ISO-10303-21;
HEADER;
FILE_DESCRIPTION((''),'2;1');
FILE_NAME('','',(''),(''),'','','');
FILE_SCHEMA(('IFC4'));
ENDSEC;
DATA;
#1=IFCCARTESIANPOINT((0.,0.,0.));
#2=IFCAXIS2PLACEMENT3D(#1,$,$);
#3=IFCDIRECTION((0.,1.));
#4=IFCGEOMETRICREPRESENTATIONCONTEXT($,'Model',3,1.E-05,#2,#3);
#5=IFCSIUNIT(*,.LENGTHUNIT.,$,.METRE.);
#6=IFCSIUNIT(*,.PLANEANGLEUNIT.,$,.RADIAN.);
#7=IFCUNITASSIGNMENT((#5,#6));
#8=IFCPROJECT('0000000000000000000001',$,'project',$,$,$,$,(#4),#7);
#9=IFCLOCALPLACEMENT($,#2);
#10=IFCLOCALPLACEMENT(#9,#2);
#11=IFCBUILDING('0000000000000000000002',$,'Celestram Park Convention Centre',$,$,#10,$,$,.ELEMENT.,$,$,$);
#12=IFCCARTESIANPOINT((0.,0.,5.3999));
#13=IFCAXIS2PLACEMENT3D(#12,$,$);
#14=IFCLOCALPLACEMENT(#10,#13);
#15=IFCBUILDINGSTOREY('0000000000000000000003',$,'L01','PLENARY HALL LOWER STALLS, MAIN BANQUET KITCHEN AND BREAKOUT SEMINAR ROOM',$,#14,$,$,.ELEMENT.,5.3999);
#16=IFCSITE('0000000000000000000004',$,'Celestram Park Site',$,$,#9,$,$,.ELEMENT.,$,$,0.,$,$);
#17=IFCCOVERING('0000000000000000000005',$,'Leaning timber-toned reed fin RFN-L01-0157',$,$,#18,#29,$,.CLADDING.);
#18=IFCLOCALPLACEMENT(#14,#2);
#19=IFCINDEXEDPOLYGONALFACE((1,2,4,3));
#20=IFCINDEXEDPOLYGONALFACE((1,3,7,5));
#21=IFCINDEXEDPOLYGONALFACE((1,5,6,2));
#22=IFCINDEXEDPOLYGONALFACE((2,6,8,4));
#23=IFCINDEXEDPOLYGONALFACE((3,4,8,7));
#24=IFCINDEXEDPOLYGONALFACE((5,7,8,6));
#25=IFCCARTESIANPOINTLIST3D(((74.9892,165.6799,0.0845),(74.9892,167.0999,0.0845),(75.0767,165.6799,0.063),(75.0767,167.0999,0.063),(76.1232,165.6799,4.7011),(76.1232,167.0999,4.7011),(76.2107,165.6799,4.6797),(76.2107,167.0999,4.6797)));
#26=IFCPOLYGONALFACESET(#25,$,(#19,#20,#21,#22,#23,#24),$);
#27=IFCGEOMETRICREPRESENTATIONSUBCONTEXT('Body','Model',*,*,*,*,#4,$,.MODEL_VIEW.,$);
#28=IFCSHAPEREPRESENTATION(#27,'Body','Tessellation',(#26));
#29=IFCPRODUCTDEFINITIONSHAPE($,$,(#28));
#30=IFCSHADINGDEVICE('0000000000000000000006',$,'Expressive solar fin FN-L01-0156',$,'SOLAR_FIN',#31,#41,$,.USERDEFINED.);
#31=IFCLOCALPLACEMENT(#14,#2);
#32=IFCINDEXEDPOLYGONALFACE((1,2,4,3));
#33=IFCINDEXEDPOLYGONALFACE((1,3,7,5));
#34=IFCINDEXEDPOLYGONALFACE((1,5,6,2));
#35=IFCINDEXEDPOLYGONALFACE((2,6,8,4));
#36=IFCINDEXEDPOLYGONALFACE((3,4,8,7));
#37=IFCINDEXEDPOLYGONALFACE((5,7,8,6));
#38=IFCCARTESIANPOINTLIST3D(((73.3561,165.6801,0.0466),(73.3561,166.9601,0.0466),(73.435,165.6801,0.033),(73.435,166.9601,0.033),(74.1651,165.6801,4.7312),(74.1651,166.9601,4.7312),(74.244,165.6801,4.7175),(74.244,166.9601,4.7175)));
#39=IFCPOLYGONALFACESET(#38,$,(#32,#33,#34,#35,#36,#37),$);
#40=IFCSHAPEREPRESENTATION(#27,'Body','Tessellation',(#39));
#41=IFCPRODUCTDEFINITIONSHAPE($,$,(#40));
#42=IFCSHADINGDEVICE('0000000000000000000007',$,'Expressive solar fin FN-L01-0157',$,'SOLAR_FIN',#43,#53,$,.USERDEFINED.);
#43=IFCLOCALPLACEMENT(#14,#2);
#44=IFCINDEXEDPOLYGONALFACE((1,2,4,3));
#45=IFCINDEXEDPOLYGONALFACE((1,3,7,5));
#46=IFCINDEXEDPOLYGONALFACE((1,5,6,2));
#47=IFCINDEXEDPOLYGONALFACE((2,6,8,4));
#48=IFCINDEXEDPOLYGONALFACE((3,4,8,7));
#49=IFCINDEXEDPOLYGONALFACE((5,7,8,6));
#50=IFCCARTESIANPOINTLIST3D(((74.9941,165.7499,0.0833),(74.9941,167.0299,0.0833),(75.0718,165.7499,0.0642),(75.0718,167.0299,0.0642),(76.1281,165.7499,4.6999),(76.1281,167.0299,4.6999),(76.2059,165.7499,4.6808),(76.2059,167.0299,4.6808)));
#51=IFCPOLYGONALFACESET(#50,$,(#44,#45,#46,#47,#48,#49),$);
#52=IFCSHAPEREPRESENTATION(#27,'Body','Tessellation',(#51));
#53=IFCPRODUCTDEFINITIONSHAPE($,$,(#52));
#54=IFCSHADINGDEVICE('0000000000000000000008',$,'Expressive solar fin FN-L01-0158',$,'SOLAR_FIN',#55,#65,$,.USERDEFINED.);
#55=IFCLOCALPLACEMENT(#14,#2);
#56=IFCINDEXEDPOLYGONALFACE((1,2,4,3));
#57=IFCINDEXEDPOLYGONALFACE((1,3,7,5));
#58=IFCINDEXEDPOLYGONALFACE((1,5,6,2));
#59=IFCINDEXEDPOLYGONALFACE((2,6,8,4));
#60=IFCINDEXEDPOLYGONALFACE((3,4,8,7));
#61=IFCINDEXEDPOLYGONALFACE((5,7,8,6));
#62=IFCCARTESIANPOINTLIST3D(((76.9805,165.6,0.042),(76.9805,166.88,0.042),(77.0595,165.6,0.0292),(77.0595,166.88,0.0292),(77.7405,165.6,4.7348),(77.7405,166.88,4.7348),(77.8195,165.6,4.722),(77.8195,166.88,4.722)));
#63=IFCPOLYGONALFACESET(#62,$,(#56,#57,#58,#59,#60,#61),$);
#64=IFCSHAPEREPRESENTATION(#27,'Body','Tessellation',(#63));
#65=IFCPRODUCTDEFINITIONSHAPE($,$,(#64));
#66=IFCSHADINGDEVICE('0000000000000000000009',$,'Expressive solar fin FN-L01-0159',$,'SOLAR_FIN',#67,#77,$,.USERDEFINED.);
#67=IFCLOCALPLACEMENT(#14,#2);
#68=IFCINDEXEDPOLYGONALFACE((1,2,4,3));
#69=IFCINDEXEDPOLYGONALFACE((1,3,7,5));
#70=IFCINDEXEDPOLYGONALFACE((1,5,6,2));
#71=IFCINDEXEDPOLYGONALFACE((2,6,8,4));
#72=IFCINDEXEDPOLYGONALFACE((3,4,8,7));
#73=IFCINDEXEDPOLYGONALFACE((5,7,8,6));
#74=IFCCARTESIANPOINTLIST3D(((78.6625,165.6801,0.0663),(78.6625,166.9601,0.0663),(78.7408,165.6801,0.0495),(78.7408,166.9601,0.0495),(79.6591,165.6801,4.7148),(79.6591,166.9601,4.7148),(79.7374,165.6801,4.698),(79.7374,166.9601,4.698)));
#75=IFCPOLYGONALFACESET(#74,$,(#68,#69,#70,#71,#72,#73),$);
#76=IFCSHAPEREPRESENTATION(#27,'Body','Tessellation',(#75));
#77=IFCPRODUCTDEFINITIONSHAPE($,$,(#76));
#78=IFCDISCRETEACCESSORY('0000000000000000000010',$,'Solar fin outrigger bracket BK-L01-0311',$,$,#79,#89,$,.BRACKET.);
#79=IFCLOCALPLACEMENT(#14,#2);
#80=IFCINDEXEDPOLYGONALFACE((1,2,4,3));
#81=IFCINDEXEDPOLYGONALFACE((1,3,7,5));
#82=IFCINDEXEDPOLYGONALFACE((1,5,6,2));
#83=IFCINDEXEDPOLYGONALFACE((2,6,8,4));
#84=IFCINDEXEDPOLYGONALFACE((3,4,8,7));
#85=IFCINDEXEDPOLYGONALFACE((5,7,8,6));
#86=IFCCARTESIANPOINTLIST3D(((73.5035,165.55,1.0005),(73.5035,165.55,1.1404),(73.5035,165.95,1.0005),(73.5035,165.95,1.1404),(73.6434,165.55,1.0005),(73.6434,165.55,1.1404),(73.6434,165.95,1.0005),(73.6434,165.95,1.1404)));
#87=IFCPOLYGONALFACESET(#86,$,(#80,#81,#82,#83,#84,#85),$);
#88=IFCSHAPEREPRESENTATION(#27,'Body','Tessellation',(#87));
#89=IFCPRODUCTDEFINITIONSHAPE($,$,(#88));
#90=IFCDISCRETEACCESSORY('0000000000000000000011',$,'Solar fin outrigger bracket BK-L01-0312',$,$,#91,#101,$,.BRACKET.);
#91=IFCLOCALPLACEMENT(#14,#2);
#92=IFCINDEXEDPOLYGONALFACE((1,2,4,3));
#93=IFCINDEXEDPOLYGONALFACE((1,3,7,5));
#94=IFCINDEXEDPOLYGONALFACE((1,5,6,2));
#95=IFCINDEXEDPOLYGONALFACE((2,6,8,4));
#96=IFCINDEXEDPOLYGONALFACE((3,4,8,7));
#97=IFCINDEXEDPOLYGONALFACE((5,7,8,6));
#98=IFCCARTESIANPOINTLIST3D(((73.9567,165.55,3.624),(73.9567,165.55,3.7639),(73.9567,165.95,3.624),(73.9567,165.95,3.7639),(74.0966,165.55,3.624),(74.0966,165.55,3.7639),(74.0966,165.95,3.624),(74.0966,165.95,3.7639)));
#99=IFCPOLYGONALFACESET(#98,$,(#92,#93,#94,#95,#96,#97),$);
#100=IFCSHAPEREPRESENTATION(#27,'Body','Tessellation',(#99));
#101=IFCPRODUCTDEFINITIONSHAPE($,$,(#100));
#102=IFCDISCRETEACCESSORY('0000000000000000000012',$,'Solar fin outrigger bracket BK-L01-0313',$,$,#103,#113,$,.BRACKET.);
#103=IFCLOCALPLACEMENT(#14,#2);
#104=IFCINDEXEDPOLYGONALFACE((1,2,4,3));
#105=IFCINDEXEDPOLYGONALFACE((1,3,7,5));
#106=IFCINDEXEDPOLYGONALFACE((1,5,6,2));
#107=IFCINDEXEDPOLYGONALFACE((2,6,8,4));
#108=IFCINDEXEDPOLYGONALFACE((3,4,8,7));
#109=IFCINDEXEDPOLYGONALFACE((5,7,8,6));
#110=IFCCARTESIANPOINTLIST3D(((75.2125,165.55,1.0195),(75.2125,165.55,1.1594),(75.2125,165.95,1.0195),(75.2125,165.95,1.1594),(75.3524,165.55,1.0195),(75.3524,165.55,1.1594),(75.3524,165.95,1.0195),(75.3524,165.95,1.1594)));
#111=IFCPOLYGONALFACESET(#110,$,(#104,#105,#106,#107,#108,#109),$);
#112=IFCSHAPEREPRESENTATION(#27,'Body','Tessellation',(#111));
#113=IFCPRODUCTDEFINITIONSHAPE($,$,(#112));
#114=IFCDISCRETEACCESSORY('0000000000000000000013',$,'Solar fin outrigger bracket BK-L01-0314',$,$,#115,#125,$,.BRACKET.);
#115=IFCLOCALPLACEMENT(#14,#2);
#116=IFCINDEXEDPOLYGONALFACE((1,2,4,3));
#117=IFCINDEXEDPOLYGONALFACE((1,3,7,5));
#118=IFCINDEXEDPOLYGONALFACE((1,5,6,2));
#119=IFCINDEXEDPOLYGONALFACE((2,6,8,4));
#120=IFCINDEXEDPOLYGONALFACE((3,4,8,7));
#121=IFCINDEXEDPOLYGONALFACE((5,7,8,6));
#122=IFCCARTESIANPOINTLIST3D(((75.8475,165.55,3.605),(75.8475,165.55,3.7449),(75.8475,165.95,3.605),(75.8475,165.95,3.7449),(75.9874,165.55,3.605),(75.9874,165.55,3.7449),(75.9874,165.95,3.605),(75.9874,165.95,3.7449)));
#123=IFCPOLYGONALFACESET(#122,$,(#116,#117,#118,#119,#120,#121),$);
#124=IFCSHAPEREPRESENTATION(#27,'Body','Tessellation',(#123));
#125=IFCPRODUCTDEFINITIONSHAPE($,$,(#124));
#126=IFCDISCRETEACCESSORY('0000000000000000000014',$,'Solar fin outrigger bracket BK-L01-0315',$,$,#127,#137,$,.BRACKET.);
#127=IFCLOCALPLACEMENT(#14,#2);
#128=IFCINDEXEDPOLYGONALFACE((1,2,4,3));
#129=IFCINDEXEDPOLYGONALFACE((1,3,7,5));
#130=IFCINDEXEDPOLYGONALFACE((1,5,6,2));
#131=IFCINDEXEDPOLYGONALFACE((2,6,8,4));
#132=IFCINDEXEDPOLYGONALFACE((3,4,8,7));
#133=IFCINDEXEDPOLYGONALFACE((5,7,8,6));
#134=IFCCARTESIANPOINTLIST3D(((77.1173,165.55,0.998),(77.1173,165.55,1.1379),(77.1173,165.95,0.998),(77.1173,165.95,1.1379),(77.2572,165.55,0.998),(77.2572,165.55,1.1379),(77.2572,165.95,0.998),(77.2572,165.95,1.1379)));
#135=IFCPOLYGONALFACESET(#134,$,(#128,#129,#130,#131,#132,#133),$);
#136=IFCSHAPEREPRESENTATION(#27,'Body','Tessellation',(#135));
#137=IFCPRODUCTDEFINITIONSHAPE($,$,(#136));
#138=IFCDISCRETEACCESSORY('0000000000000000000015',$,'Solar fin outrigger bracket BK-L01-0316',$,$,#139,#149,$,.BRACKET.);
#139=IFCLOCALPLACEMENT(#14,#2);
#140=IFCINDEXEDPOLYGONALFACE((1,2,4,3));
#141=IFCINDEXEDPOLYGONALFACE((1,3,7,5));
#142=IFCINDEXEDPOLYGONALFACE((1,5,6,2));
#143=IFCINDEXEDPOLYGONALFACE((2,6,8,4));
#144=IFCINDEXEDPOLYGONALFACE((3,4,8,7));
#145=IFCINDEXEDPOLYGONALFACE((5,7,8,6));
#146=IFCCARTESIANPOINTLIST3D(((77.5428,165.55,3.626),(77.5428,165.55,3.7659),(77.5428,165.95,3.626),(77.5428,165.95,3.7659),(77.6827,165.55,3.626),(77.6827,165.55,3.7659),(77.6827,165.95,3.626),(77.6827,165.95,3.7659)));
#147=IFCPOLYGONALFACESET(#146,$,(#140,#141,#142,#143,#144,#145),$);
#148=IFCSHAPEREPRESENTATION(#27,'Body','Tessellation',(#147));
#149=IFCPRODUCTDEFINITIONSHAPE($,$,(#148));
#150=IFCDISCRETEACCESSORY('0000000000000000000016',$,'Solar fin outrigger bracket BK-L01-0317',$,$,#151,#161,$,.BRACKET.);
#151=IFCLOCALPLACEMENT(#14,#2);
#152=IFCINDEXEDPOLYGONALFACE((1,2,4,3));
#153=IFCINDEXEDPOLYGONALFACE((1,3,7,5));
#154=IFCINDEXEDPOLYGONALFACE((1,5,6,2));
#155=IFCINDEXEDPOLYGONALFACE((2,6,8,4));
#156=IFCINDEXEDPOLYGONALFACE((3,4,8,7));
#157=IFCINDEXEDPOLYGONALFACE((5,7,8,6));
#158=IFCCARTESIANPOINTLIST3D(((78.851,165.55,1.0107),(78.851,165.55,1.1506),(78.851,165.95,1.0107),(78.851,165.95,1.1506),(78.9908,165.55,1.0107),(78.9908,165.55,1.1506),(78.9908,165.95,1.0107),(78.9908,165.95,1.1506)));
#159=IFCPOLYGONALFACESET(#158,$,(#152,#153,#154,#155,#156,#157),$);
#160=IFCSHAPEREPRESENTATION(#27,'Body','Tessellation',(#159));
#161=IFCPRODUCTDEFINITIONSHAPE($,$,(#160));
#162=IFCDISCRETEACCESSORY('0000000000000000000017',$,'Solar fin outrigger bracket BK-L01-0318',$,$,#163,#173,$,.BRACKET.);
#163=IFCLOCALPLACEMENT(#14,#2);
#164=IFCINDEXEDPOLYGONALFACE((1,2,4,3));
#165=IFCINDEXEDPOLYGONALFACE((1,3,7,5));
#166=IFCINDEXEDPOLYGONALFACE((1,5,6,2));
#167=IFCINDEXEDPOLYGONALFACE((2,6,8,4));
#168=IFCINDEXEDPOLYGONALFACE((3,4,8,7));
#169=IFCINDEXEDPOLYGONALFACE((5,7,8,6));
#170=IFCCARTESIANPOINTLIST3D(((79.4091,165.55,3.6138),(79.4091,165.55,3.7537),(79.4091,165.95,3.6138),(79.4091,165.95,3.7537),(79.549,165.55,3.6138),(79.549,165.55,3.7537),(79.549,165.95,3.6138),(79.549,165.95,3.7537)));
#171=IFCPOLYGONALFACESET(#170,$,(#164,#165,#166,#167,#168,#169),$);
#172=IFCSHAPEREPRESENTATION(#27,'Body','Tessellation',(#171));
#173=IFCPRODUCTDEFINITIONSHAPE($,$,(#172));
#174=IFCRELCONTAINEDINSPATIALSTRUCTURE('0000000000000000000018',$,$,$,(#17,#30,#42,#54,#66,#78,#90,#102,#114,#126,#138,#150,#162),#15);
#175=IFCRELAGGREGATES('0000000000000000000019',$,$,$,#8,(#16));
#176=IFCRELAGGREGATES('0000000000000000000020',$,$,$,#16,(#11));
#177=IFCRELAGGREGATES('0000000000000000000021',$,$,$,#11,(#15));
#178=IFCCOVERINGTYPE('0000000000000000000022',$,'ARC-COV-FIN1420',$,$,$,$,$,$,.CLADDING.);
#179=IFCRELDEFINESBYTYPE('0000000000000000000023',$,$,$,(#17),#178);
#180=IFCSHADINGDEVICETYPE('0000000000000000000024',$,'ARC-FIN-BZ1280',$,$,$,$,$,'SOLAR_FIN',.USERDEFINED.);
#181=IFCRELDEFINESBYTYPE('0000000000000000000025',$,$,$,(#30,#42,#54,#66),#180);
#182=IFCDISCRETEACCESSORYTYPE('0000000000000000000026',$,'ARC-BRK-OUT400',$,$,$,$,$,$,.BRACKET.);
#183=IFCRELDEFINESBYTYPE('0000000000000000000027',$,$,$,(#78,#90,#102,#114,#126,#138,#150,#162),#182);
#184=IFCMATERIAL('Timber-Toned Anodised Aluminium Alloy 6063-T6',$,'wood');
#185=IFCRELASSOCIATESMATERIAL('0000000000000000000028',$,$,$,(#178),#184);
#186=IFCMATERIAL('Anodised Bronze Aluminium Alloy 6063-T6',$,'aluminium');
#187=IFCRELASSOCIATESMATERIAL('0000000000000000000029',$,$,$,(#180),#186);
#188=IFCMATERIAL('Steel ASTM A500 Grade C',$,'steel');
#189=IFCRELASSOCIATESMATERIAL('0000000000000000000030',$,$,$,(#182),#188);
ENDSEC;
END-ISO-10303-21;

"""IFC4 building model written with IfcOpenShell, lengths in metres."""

from ifc_helpers import new_model, si_unit, direction, frame, origin, origin_2d, place, context, subcontext, project, spatial, rectangle, extrude, material, material_profile, profile_set, type_object, element, save


model = new_model("IFC4")

# Units and contexts
model_context = context("Model", 3, precision=1e-05, world=origin(), true_north=direction((0.0, 1.0)))
body_context = subcontext(model_context, "Body", "Model", "MODEL_VIEW")
ifc_project = project(units=[si_unit("LENGTHUNIT", "METRE"), si_unit("PLANEANGLEUNIT", "RADIAN")], contexts=[model_context])

# Site, building, storey
site_placement = place(None, origin())
site = spatial("IfcSite", under=ifc_project, at=site_placement, Name="Celestram Park Site", CompositionType="ELEMENT", RefElevation=0.0)
building_placement = place(site_placement, origin())
building = spatial("IfcBuilding", under=site, at=building_placement, Name="Celestram Park Convention Centre", CompositionType="ELEMENT")
storey_placement = place(building_placement, frame((0.0, 0.0, 5.3999)))
storey = spatial("IfcBuildingStorey", under=building, at=storey_placement, Name="L01", Description="PLENARY HALL LOWER STALLS, MAIN BANQUET KITCHEN AND BREAKOUT SEMINAR ROOM", CompositionType="ELEMENT", Elevation=5.3999)

# Covering
ifc_material_1 = material(Name="Timber-Toned Anodised Aluminium Alloy 6063-T6", Category="wood")
ifc_material_profile_1 = material_profile(ifc_material_1, rectangle(XDim=1.4199, YDim=0.0901, at=origin_2d()), Name="REED1420X90")
ifc_profile_set_1 = profile_set([ifc_material_profile_1], Name="Timber-Toned Anodised Aluminium Alloy 6063-T6")
covering_type_1 = type_object("IfcCoveringType", Name="ARC-COV-FIN1420", PredefinedType="CLADDING", material=ifc_profile_set_1)
covering_1_placement = place(storey_placement, frame((75.033, 166.3899, 0.0737), z_axis=(0.238546, 0.0, 0.971131), x_axis=(0.0, 1.0, 0.0)))
element("IfcCovering", 1, at=covering_1_placement, inside=storey, type_object=covering_type_1, Name="Leaning timber-toned reed fin RFN-L01-0157", PredefinedType="CLADDING", context=body_context, shape_type="SweptSolid", body=[
    extrude(rectangle(XDim=1.4199, YDim=0.0901, at=origin_2d()), origin(), (0.0, 0.0, 1.0), 4.7539),
])

# Shading devices
ifc_material_2 = material(Name="Anodised Bronze Aluminium Alloy 6063-T6", Category="aluminium")
ifc_material_profile_2 = material_profile(ifc_material_2, rectangle(XDim=1.28, YDim=0.0801, at=origin_2d()), Name="FIN1280X80")
ifc_profile_set_2 = profile_set([ifc_material_profile_2], Name="Anodised Bronze Aluminium Alloy 6063-T6")
shading_device_type = type_object("IfcShadingDeviceType", Name="ARC-FIN-BZ1280", ElementType="SOLAR_FIN", PredefinedType="USERDEFINED", material=ifc_profile_set_2)
for number, where, z_axis, x_axis, name in (
    (2, (73.3955, 166.3201, 0.0398), (0.170192, 0.0, 0.985411), (0.0, 1.0, 0.0), "Expressive solar fin FN-L01-0156"),
    (3, (75.033, 166.3899, 0.0737), (0.238546, 0.0, 0.971131), (0.0, 1.0, 0.0), "Expressive solar fin FN-L01-0157"),
    (4, (77.02, 166.24, 0.0356), (0.159867, 0.0, 0.987139), (0.0, 1.0, 0.0), "Expressive solar fin FN-L01-0158"),
):
    element("IfcShadingDevice", number, at=place(storey_placement, frame(where, z_axis=z_axis, x_axis=x_axis)), inside=storey, type_object=shading_device_type, Name=name, ObjectType="SOLAR_FIN", PredefinedType="USERDEFINED", context=body_context, shape_type="SweptSolid", body=[
        extrude(rectangle(XDim=1.28, YDim=0.0801, at=origin_2d()), origin(), (0.0, 0.0, 1.0), 4.7539),
    ])
shading_device_placement = place(storey_placement, frame((78.7017, 166.3201, 0.0579), z_axis=(0.209627, 0.0, 0.977781), x_axis=(0.0, 1.0, 0.0)))
element("IfcShadingDevice", 5, at=shading_device_placement, inside=storey, type_object=shading_device_type, Name="Expressive solar fin FN-L01-0159", ObjectType="SOLAR_FIN", PredefinedType="USERDEFINED", context=body_context, shape_type="SweptSolid", body=[
    extrude(rectangle(XDim=1.28, YDim=0.0801, at=origin_2d()), origin(), (0.0, 0.0, 1.0), 4.7542),
])

# Discrete accessories
ifc_material_3 = material(Name="Steel ASTM A500 Grade C", Category="steel")
discrete_accessory_type = type_object("IfcDiscreteAccessoryType", Name="ARC-BRK-OUT400", PredefinedType="BRACKET", material=ifc_material_3)
for number, where, z_axis, x_axis, name in (
    (6, (73.5735, 165.75, 1.0005), (0.0, 0.0, 1.0), (0.0, 1.0, 0.0), "Solar fin outrigger bracket BK-L01-0311"),
    (7, (74.0266, 165.75, 3.624), (0.0, 0.0, 1.0), (0.0, 1.0, 0.0), "Solar fin outrigger bracket BK-L01-0312"),
    (8, (75.2825, 165.75, 1.0195), (0.0, 0.0, 1.0), (0.0, 1.0, 0.0), "Solar fin outrigger bracket BK-L01-0313"),
    (9, (75.9175, 165.75, 3.605), (0.0, 0.0, 1.0), (0.0, 1.0, 0.0), "Solar fin outrigger bracket BK-L01-0314"),
    (10, (77.1873, 165.75, 0.998), (0.0, 0.0, 1.0), (0.0, 1.0, 0.0), "Solar fin outrigger bracket BK-L01-0315"),
    (11, (77.6128, 165.75, 3.626), (0.0, 0.0, 1.0), (0.0, 1.0, 0.0), "Solar fin outrigger bracket BK-L01-0316"),
    (12, (78.9209, 165.75, 1.0107), (0.0, 0.0, 1.0), (0.0, 1.0, 0.0), "Solar fin outrigger bracket BK-L01-0317"),
    (13, (79.479, 165.75, 3.6138), (0.0, 0.0, 1.0), (0.0, 1.0, 0.0), "Solar fin outrigger bracket BK-L01-0318"),
):
    element("IfcDiscreteAccessory", number, at=place(storey_placement, frame(where, z_axis=z_axis, x_axis=x_axis)), inside=storey, type_object=discrete_accessory_type, Name=name, PredefinedType="BRACKET", context=body_context, shape_type="SweptSolid", body=[
        extrude(rectangle(XDim=0.3999, YDim=0.1399, at=origin_2d()), origin(), (0.0, 0.0, 1.0), 0.1399),
    ])

save(model, "model.ifc")
